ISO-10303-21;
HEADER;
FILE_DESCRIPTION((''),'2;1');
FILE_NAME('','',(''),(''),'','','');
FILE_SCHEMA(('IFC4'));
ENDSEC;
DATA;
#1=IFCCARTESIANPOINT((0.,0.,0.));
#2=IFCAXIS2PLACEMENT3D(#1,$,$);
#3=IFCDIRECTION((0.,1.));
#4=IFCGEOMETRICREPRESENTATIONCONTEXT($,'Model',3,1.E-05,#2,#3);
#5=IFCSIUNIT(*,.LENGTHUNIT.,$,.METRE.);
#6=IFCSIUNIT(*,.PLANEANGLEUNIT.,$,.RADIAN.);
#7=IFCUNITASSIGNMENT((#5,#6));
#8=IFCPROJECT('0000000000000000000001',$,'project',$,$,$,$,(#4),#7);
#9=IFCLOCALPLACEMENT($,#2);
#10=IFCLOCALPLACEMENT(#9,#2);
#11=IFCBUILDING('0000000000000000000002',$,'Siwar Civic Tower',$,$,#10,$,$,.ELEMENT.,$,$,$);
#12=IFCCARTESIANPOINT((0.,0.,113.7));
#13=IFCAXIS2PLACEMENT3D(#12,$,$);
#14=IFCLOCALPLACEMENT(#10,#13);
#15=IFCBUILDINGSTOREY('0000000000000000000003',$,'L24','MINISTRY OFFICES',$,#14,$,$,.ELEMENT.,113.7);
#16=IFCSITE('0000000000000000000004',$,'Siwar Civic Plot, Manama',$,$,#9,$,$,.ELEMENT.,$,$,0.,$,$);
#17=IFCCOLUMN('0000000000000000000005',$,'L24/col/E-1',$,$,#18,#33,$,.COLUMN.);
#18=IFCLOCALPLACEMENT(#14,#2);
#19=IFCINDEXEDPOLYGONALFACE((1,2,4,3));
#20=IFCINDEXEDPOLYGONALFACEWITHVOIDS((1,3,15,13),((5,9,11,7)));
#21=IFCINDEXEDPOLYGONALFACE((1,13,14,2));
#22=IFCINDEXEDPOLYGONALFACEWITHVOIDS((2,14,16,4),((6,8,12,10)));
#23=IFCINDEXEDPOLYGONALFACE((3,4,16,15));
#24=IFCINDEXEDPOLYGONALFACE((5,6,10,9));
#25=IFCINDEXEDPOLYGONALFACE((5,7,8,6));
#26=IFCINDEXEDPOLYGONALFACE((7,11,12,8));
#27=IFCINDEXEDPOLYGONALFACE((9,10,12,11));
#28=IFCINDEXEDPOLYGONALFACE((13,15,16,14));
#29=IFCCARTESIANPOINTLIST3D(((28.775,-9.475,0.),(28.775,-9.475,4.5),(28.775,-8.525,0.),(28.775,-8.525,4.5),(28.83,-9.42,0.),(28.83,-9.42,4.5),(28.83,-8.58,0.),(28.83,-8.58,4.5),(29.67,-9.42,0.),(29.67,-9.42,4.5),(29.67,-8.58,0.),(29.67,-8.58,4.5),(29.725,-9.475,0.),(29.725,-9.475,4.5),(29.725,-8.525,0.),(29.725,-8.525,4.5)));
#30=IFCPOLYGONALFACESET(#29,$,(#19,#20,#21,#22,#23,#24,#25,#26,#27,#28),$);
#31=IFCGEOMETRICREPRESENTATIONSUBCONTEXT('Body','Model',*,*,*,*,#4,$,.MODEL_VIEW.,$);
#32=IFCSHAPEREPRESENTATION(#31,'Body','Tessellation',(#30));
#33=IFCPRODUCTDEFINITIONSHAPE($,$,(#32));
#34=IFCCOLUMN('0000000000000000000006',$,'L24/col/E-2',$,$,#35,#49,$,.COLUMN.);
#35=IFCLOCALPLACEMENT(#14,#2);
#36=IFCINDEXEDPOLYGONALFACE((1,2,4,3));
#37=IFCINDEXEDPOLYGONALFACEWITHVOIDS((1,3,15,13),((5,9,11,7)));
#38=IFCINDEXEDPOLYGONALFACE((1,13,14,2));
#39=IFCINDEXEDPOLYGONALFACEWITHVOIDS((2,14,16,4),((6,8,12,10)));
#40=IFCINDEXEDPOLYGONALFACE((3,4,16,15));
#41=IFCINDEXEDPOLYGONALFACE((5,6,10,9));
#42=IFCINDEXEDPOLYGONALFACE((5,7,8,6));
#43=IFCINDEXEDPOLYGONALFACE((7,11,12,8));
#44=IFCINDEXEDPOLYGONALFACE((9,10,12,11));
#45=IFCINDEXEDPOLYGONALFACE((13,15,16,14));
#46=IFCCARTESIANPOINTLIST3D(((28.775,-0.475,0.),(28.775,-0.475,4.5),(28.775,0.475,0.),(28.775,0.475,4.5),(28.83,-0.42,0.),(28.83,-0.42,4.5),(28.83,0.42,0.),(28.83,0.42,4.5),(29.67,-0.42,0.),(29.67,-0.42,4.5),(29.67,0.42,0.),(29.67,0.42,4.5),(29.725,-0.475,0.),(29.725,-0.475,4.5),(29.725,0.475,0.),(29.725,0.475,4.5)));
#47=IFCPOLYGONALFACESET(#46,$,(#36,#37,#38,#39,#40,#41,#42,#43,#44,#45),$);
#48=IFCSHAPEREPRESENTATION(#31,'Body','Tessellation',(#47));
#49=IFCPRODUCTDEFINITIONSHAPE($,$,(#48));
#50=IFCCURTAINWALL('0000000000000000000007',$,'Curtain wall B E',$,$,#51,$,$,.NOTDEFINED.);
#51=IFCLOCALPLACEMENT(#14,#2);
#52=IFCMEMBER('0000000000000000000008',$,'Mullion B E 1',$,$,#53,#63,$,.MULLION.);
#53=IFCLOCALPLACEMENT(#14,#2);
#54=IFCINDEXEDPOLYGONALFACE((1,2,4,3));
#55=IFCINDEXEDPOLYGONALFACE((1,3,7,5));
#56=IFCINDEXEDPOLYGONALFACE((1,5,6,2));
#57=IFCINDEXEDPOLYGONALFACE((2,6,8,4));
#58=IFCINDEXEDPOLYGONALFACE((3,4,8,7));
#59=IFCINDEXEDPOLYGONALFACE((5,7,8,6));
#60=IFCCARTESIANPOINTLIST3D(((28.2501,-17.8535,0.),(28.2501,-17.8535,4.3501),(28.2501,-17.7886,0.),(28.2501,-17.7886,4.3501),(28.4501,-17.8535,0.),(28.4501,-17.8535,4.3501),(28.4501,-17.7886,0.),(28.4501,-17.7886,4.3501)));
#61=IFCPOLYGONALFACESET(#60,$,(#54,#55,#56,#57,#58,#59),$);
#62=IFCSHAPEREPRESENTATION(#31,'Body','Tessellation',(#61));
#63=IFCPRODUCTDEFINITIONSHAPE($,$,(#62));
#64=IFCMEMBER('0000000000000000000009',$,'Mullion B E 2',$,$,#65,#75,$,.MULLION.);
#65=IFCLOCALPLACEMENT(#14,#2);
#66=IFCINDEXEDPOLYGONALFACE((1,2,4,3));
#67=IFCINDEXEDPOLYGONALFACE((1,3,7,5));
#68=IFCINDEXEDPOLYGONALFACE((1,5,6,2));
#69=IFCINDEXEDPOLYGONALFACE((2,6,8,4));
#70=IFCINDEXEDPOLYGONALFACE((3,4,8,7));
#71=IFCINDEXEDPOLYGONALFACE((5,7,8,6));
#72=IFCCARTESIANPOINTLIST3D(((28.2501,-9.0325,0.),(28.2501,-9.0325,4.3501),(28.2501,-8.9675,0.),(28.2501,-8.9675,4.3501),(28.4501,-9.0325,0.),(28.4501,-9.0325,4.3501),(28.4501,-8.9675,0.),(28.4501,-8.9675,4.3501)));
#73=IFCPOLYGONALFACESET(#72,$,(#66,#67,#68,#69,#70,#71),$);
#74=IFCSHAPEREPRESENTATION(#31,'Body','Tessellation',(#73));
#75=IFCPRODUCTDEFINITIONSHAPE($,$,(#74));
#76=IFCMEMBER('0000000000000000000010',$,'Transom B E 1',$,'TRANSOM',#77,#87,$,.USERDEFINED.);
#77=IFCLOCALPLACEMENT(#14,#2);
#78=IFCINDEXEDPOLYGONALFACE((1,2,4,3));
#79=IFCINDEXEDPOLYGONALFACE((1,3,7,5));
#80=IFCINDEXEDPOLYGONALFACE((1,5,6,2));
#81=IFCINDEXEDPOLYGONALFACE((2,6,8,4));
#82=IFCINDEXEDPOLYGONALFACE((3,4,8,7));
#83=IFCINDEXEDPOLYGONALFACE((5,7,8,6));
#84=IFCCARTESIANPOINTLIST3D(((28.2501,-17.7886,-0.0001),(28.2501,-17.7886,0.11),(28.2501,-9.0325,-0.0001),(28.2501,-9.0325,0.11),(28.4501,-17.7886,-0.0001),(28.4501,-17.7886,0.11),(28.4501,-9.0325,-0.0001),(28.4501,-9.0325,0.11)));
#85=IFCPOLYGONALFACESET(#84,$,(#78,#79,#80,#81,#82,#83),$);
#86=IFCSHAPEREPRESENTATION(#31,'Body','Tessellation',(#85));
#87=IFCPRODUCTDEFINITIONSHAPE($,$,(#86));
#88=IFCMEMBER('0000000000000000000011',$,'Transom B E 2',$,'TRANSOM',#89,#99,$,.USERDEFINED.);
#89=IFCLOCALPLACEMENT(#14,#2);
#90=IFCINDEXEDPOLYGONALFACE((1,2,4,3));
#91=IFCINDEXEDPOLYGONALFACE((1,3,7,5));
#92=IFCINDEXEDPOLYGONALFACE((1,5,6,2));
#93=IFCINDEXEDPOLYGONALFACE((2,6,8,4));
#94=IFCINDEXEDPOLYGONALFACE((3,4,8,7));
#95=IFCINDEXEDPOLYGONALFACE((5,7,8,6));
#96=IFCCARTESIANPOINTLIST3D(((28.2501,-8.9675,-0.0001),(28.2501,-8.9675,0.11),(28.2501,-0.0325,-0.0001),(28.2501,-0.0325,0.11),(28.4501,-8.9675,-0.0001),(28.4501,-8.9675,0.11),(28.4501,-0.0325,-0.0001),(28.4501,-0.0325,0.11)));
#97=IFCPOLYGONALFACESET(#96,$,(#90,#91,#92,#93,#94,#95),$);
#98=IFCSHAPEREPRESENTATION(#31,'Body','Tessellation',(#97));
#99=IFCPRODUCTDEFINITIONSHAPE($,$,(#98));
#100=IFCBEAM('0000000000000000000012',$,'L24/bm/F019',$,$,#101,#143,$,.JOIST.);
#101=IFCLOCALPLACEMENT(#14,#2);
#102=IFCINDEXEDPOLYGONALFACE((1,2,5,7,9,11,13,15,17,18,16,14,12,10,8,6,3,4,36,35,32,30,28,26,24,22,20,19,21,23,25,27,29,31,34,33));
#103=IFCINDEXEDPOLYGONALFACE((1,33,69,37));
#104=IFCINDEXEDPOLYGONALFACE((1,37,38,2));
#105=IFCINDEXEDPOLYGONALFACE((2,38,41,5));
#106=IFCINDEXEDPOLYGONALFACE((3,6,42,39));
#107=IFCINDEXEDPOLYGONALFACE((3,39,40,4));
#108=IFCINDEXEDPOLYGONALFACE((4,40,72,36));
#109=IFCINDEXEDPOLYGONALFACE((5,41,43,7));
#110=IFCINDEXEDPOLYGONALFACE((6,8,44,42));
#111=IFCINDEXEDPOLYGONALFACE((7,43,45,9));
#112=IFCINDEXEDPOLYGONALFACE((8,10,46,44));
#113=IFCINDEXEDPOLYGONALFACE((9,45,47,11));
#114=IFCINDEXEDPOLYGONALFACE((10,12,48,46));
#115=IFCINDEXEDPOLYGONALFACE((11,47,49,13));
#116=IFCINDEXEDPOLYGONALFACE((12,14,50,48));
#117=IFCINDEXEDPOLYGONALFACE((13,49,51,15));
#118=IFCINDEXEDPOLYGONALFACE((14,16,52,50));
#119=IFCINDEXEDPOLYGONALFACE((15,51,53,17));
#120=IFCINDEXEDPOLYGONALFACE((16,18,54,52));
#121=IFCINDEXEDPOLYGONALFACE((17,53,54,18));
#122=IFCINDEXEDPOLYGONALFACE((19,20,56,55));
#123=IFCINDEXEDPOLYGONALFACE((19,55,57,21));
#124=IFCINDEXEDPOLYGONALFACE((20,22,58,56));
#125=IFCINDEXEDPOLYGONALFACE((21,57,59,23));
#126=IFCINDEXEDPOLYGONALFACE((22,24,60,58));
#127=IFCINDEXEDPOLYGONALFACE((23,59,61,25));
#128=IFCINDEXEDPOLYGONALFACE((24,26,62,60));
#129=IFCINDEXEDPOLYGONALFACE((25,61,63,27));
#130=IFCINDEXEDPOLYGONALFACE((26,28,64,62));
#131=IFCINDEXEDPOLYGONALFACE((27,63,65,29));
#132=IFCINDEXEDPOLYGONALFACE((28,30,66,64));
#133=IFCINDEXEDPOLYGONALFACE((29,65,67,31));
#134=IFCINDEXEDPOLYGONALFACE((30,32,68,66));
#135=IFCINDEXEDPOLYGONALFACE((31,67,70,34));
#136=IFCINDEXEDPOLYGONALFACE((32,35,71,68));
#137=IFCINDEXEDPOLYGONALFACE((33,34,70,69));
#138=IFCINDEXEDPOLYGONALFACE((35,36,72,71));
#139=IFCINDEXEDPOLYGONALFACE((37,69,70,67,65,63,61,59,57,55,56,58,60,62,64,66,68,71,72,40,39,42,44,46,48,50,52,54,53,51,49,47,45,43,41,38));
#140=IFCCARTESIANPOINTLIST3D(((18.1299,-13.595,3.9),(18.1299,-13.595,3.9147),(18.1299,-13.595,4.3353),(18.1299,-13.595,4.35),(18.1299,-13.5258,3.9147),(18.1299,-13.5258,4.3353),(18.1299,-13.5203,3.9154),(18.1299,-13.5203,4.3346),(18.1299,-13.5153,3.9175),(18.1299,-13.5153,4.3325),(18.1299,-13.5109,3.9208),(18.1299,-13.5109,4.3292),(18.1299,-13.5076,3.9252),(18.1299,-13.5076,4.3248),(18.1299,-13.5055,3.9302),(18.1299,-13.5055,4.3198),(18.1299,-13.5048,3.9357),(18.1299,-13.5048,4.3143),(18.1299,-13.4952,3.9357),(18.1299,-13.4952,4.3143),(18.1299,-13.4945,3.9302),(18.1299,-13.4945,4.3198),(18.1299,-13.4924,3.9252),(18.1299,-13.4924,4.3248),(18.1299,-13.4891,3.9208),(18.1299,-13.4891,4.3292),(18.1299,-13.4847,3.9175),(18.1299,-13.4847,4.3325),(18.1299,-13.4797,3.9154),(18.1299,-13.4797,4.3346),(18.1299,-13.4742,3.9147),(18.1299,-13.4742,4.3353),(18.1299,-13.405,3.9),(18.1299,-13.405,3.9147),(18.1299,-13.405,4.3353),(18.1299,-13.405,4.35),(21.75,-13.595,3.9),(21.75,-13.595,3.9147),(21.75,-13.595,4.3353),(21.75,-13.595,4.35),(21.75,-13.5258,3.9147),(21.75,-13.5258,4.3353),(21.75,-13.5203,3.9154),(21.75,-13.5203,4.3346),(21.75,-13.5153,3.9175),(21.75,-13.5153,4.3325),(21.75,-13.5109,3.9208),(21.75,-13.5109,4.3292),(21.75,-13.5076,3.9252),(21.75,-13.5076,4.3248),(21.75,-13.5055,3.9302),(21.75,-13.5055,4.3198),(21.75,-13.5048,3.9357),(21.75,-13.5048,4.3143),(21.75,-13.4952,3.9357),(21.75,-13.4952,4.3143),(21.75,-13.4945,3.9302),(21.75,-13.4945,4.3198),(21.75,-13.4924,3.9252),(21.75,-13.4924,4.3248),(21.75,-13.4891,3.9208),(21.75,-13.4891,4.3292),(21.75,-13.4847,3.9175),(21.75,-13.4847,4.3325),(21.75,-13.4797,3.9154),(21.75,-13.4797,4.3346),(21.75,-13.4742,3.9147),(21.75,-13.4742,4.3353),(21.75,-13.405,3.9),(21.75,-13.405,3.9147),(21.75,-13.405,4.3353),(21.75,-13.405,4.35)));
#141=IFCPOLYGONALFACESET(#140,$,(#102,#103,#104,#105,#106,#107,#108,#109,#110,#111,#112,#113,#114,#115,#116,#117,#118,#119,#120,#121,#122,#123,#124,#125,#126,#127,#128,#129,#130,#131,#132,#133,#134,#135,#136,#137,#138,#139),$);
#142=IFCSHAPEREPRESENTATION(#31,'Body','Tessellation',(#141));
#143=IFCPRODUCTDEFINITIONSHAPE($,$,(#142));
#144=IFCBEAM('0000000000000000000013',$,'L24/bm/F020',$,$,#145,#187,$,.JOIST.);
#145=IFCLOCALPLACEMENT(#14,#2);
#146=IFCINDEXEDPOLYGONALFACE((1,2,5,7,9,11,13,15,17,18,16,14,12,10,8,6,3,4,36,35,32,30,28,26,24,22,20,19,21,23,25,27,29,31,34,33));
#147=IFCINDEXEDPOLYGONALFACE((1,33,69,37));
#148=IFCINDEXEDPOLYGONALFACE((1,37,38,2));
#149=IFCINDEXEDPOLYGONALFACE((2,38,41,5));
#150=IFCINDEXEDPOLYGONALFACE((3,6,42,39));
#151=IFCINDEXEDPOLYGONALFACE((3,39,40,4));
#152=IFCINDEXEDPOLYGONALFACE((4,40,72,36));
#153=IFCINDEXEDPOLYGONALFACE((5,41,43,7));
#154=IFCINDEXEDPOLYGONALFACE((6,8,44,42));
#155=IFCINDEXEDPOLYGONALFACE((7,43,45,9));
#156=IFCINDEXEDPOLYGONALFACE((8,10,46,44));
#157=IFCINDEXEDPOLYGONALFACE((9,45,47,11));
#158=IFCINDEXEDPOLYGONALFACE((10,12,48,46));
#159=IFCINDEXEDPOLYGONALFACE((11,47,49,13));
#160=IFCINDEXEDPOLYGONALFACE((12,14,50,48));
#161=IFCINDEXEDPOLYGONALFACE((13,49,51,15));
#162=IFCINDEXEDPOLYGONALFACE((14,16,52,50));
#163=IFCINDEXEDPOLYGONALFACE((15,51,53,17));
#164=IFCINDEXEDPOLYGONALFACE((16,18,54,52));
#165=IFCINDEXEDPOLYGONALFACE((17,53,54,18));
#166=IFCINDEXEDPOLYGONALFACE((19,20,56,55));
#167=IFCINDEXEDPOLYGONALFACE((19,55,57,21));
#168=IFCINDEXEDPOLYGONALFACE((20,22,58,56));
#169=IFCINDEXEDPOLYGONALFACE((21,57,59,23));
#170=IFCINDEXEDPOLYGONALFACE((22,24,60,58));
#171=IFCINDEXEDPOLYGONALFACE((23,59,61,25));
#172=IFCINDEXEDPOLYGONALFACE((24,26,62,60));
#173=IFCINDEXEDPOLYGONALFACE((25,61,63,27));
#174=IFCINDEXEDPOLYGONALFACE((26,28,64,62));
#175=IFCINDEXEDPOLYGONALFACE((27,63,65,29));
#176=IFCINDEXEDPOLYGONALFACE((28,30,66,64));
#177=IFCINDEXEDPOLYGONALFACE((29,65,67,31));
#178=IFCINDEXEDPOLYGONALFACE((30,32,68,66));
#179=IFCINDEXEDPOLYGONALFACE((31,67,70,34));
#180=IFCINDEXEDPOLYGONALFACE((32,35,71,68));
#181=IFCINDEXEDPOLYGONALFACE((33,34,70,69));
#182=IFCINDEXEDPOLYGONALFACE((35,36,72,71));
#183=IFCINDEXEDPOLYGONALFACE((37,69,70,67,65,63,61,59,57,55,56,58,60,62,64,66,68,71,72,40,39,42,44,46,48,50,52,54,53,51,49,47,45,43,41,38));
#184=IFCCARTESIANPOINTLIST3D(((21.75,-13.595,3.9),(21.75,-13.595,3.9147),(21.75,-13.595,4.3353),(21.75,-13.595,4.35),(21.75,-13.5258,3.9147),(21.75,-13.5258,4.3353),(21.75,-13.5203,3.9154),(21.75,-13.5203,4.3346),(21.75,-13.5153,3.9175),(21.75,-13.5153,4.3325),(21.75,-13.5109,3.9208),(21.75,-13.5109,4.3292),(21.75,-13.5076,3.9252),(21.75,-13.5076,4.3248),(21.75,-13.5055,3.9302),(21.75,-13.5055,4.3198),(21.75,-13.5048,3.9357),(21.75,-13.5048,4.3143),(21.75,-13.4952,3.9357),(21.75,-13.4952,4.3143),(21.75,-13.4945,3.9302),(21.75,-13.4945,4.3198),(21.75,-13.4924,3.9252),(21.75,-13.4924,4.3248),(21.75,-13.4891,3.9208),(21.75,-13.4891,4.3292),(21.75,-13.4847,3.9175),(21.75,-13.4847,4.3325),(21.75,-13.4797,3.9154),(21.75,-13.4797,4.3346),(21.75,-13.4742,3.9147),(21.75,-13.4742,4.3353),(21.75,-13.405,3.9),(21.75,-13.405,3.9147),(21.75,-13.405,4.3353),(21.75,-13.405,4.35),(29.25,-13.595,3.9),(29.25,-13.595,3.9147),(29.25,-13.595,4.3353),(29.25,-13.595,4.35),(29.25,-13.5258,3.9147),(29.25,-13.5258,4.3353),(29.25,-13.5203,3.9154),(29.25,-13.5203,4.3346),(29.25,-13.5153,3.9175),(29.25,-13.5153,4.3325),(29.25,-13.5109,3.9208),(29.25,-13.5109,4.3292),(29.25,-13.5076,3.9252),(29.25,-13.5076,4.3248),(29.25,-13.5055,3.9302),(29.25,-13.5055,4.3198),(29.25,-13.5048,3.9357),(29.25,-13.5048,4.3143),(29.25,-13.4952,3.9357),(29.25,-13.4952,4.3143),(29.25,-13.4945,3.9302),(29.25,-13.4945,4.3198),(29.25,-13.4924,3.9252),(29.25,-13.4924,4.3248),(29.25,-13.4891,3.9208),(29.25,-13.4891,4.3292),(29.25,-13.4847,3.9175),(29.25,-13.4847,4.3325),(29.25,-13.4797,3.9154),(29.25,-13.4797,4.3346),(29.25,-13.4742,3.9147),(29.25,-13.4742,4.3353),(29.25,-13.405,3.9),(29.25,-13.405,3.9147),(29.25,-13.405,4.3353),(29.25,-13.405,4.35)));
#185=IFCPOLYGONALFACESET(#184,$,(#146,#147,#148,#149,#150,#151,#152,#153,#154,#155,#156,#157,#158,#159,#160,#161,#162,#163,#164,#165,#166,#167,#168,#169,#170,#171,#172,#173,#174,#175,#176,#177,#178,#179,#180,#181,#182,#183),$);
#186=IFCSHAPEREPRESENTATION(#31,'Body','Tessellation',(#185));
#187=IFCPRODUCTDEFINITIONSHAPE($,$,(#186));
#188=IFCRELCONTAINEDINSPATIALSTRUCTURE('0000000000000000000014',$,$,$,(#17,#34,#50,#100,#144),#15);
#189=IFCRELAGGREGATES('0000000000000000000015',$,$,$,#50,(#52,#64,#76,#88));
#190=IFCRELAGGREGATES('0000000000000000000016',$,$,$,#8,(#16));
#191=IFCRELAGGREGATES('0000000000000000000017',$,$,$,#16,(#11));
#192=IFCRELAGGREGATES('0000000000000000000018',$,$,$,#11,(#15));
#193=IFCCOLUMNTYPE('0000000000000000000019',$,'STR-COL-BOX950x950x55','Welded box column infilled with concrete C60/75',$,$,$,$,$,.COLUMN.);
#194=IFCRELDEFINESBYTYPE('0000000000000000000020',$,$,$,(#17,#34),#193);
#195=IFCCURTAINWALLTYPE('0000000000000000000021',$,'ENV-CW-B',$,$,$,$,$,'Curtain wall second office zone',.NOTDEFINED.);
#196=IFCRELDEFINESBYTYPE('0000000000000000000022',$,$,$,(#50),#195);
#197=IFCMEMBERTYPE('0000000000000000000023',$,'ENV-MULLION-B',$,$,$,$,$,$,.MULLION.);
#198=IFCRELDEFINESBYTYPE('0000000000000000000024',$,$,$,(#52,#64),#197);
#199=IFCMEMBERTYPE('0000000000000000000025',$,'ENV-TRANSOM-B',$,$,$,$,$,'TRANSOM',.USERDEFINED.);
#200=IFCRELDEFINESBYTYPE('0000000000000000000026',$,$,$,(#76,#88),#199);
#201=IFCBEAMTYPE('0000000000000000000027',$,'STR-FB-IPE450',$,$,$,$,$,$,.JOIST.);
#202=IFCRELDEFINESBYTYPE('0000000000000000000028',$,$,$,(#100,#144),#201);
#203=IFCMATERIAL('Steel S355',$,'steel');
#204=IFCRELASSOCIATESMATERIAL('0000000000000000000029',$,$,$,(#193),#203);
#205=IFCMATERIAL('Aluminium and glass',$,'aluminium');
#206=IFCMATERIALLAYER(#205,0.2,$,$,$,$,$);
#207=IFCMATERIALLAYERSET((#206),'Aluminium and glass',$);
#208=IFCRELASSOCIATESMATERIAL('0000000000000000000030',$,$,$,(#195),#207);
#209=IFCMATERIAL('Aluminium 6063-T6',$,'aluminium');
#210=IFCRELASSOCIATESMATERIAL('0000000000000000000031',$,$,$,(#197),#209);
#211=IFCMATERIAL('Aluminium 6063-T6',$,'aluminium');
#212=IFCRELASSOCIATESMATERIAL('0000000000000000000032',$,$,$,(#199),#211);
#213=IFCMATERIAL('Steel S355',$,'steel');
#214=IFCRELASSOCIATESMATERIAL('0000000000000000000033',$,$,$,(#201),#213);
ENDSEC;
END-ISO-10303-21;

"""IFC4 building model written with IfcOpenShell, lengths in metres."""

from ifc_helpers import new_model, si_unit, direction, frame, origin, origin_2d, place, context, subcontext, project, spatial, rectangle, hollow_rectangle, i_section, extrude, material, layer, layer_set, material_profile, profile_set, type_object, element, aggregate, save


model = new_model("IFC4")

# Units and contexts
model_context = context("Model", 3, precision=1e-05, world=origin(), true_north=direction((0.0, 1.0)))
body_context = subcontext(model_context, "Body", "Model", "MODEL_VIEW")
ifc_project = project(units=[si_unit("LENGTHUNIT", "METRE"), si_unit("PLANEANGLEUNIT", "RADIAN")], contexts=[model_context])

# Site, building, storey
site_placement = place(None, origin())
site = spatial("IfcSite", under=ifc_project, at=site_placement, Name="Siwar Civic Plot, Manama", CompositionType="ELEMENT", RefElevation=0.0)
building_placement = place(site_placement, origin())
building = spatial("IfcBuilding", under=site, at=building_placement, Name="Siwar Civic Tower", CompositionType="ELEMENT")
storey_placement = place(building_placement, frame((0.0, 0.0, 113.7)))
storey = spatial("IfcBuildingStorey", under=building, at=storey_placement, Name="L24", Description="MINISTRY OFFICES", CompositionType="ELEMENT", Elevation=113.7)

# Columns
ifc_material_1 = material(Name="Steel S355", Category="steel")
ifc_material_profile_1 = material_profile(ifc_material_1, hollow_rectangle(XDim=0.95, YDim=0.95, WallThickness=0.0549, at=origin_2d()), Name="BOX950x950x55")
ifc_profile_set_1 = profile_set([ifc_material_profile_1], Name="Steel S355")
column_type = type_object("IfcColumnType", Name="STR-COL-BOX950x950x55", Description="Welded box column infilled with concrete C60/75", PredefinedType="COLUMN", material=ifc_profile_set_1)
for number, where, z_axis, x_axis, name in (
    (1, (29.25, -9.0, 0.0), (0.0, 0.0, 1.0), (1.0, 0.0, 0.0), "L24/col/E-1"),
    (2, (29.25, 0.0, 0.0), (0.0, 0.0, 1.0), (1.0, 0.0, 0.0), "L24/col/E-2"),
):
    element("IfcColumn", number, at=place(storey_placement, frame(where, z_axis=z_axis, x_axis=x_axis)), inside=storey, type_object=column_type, Name=name, PredefinedType="COLUMN", context=body_context, shape_type="SweptSolid", body=[
        extrude(hollow_rectangle(XDim=0.95, YDim=0.95, WallThickness=0.0549, at=origin_2d()), origin(), (0.0, 0.0, 1.0), 4.5),
    ])

# Curtain wall, members
ifc_material_2 = material(Name="Aluminium and glass", Category="aluminium")
ifc_layer_1 = layer(ifc_material_2, 0.2)
ifc_layer_set_1 = layer_set([ifc_layer_1], Name="Aluminium and glass")
curtain_wall_type = type_object("IfcCurtainWallType", Name="ENV-CW-B", ElementType="Curtain wall second office zone", PredefinedType="NOTDEFINED", material=ifc_layer_set_1)
curtain_wall_placement = place(storey_placement, origin())
curtain_wall = element("IfcCurtainWall", 3, at=curtain_wall_placement, inside=storey, type_object=curtain_wall_type, Name="Curtain wall B E", PredefinedType="NOTDEFINED")
ifc_material_3 = material(Name="Aluminium 6063-T6", Category="aluminium")
ifc_material_profile_2 = material_profile(ifc_material_3, rectangle(XDim=0.2, YDim=0.0649, at=origin_2d()), Name="AL 200x65")
ifc_profile_set_2 = profile_set([ifc_material_profile_2], Name="Aluminium 6063-T6")
member_type_1 = type_object("IfcMemberType", Name="ENV-MULLION-B", PredefinedType="MULLION", material=ifc_profile_set_2)
member_1_placement = place(storey_placement, frame((28.3501, -17.821, 0.0), z_axis=(0.0, 0.0, 1.0), x_axis=(-1.0, 0.0, 0.0)))
member_1 = element("IfcMember", 4, at=member_1_placement, type_object=member_type_1, Name="Mullion B E 1", PredefinedType="MULLION", context=body_context, shape_type="SweptSolid", body=[
    extrude(rectangle(XDim=0.2, YDim=0.0649, at=origin_2d()), origin(), (0.0, 0.0, 1.0), 4.3501),
])
member_2_placement = place(storey_placement, frame((28.3501, -9.0, 0.0), z_axis=(0.0, 0.0, 1.0), x_axis=(-1.0, 0.0, 0.0)))
member_2 = element("IfcMember", 5, at=member_2_placement, type_object=member_type_1, Name="Mullion B E 2", PredefinedType="MULLION", context=body_context, shape_type="SweptSolid", body=[
    extrude(rectangle(XDim=0.2, YDim=0.0649, at=origin_2d()), origin(), (0.0, 0.0, 1.0), 4.3501),
])
ifc_material_4 = material(Name="Aluminium 6063-T6", Category="aluminium")
ifc_material_profile_3 = material_profile(ifc_material_4, rectangle(XDim=0.2, YDim=0.1101, at=origin_2d()), Name="AL 200x110")
ifc_profile_set_3 = profile_set([ifc_material_profile_3], Name="Aluminium 6063-T6")
member_type_2 = type_object("IfcMemberType", Name="ENV-TRANSOM-B", ElementType="TRANSOM", PredefinedType="USERDEFINED", material=ifc_profile_set_3)
member_3_placement = place(storey_placement, frame((28.3501, -17.7886, 0.0549), z_axis=(0.0, 1.0, 0.0), x_axis=(-1.0, 0.0, 0.0)))
member_3 = element("IfcMember", 6, at=member_3_placement, type_object=member_type_2, Name="Transom B E 1", ObjectType="TRANSOM", PredefinedType="USERDEFINED", context=body_context, shape_type="SweptSolid", body=[
    extrude(rectangle(XDim=0.2, YDim=0.1101, at=origin_2d()), origin(), (0.0, 0.0, 1.0), 8.7561),
])
member_4_placement = place(storey_placement, frame((28.3501, -8.9675, 0.0549), z_axis=(0.0, 1.0, 0.0), x_axis=(-1.0, 0.0, 0.0)))
member_4 = element("IfcMember", 7, at=member_4_placement, type_object=member_type_2, Name="Transom B E 2", ObjectType="TRANSOM", PredefinedType="USERDEFINED", context=body_context, shape_type="SweptSolid", body=[
    extrude(rectangle(XDim=0.2, YDim=0.1101, at=origin_2d()), origin(), (0.0, 0.0, 1.0), 8.9351),
])

# Beams
ifc_material_5 = material(Name="Steel S355", Category="steel")
ifc_material_profile_4 = material_profile(ifc_material_5, i_section(OverallWidth=0.1899, OverallDepth=0.45, WebThickness=0.0095, FlangeThickness=0.0146, FilletRadius=0.021, at=origin_2d()), Name="IPE450")
ifc_profile_set_4 = profile_set([ifc_material_profile_4], Name="Steel S355")
beam_type_1 = type_object("IfcBeamType", Name="STR-FB-IPE450", PredefinedType="JOIST", material=ifc_profile_set_4)
beam_placement = place(storey_placement, frame((18.1299, -13.5, 4.125), z_axis=(1.0, 0.0, 0.0), x_axis=(0.0, 1.0, 0.0)))
element("IfcBeam", 8, at=beam_placement, inside=storey, type_object=beam_type_1, Name="L24/bm/F019", PredefinedType="JOIST", context=body_context, shape_type="SweptSolid", body=[
    extrude(i_section(OverallWidth=0.1899, OverallDepth=0.45, WebThickness=0.0095, FlangeThickness=0.0146, FilletRadius=0.021, at=origin_2d()), origin(), (0.0, 0.0, 1.0), 3.6201),
])
for number, where, z_axis, x_axis, name in (
    (9, (21.75, -13.5, 4.125), (1.0, 0.0, 0.0), (0.0, 1.0, 0.0), "L24/bm/F020"),
):
    element("IfcBeam", number, at=place(storey_placement, frame(where, z_axis=z_axis, x_axis=x_axis)), inside=storey, type_object=beam_type_1, Name=name, PredefinedType="JOIST", context=body_context, shape_type="SweptSolid", body=[
        extrude(i_section(OverallWidth=0.1899, OverallDepth=0.45, WebThickness=0.0095, FlangeThickness=0.0146, FilletRadius=0.021, at=origin_2d()), origin(), (0.0, 0.0, 1.0), 7.5),
    ])

aggregate(curtain_wall, [member_1, member_2, member_3, member_4])

save(model, "model.ifc")
